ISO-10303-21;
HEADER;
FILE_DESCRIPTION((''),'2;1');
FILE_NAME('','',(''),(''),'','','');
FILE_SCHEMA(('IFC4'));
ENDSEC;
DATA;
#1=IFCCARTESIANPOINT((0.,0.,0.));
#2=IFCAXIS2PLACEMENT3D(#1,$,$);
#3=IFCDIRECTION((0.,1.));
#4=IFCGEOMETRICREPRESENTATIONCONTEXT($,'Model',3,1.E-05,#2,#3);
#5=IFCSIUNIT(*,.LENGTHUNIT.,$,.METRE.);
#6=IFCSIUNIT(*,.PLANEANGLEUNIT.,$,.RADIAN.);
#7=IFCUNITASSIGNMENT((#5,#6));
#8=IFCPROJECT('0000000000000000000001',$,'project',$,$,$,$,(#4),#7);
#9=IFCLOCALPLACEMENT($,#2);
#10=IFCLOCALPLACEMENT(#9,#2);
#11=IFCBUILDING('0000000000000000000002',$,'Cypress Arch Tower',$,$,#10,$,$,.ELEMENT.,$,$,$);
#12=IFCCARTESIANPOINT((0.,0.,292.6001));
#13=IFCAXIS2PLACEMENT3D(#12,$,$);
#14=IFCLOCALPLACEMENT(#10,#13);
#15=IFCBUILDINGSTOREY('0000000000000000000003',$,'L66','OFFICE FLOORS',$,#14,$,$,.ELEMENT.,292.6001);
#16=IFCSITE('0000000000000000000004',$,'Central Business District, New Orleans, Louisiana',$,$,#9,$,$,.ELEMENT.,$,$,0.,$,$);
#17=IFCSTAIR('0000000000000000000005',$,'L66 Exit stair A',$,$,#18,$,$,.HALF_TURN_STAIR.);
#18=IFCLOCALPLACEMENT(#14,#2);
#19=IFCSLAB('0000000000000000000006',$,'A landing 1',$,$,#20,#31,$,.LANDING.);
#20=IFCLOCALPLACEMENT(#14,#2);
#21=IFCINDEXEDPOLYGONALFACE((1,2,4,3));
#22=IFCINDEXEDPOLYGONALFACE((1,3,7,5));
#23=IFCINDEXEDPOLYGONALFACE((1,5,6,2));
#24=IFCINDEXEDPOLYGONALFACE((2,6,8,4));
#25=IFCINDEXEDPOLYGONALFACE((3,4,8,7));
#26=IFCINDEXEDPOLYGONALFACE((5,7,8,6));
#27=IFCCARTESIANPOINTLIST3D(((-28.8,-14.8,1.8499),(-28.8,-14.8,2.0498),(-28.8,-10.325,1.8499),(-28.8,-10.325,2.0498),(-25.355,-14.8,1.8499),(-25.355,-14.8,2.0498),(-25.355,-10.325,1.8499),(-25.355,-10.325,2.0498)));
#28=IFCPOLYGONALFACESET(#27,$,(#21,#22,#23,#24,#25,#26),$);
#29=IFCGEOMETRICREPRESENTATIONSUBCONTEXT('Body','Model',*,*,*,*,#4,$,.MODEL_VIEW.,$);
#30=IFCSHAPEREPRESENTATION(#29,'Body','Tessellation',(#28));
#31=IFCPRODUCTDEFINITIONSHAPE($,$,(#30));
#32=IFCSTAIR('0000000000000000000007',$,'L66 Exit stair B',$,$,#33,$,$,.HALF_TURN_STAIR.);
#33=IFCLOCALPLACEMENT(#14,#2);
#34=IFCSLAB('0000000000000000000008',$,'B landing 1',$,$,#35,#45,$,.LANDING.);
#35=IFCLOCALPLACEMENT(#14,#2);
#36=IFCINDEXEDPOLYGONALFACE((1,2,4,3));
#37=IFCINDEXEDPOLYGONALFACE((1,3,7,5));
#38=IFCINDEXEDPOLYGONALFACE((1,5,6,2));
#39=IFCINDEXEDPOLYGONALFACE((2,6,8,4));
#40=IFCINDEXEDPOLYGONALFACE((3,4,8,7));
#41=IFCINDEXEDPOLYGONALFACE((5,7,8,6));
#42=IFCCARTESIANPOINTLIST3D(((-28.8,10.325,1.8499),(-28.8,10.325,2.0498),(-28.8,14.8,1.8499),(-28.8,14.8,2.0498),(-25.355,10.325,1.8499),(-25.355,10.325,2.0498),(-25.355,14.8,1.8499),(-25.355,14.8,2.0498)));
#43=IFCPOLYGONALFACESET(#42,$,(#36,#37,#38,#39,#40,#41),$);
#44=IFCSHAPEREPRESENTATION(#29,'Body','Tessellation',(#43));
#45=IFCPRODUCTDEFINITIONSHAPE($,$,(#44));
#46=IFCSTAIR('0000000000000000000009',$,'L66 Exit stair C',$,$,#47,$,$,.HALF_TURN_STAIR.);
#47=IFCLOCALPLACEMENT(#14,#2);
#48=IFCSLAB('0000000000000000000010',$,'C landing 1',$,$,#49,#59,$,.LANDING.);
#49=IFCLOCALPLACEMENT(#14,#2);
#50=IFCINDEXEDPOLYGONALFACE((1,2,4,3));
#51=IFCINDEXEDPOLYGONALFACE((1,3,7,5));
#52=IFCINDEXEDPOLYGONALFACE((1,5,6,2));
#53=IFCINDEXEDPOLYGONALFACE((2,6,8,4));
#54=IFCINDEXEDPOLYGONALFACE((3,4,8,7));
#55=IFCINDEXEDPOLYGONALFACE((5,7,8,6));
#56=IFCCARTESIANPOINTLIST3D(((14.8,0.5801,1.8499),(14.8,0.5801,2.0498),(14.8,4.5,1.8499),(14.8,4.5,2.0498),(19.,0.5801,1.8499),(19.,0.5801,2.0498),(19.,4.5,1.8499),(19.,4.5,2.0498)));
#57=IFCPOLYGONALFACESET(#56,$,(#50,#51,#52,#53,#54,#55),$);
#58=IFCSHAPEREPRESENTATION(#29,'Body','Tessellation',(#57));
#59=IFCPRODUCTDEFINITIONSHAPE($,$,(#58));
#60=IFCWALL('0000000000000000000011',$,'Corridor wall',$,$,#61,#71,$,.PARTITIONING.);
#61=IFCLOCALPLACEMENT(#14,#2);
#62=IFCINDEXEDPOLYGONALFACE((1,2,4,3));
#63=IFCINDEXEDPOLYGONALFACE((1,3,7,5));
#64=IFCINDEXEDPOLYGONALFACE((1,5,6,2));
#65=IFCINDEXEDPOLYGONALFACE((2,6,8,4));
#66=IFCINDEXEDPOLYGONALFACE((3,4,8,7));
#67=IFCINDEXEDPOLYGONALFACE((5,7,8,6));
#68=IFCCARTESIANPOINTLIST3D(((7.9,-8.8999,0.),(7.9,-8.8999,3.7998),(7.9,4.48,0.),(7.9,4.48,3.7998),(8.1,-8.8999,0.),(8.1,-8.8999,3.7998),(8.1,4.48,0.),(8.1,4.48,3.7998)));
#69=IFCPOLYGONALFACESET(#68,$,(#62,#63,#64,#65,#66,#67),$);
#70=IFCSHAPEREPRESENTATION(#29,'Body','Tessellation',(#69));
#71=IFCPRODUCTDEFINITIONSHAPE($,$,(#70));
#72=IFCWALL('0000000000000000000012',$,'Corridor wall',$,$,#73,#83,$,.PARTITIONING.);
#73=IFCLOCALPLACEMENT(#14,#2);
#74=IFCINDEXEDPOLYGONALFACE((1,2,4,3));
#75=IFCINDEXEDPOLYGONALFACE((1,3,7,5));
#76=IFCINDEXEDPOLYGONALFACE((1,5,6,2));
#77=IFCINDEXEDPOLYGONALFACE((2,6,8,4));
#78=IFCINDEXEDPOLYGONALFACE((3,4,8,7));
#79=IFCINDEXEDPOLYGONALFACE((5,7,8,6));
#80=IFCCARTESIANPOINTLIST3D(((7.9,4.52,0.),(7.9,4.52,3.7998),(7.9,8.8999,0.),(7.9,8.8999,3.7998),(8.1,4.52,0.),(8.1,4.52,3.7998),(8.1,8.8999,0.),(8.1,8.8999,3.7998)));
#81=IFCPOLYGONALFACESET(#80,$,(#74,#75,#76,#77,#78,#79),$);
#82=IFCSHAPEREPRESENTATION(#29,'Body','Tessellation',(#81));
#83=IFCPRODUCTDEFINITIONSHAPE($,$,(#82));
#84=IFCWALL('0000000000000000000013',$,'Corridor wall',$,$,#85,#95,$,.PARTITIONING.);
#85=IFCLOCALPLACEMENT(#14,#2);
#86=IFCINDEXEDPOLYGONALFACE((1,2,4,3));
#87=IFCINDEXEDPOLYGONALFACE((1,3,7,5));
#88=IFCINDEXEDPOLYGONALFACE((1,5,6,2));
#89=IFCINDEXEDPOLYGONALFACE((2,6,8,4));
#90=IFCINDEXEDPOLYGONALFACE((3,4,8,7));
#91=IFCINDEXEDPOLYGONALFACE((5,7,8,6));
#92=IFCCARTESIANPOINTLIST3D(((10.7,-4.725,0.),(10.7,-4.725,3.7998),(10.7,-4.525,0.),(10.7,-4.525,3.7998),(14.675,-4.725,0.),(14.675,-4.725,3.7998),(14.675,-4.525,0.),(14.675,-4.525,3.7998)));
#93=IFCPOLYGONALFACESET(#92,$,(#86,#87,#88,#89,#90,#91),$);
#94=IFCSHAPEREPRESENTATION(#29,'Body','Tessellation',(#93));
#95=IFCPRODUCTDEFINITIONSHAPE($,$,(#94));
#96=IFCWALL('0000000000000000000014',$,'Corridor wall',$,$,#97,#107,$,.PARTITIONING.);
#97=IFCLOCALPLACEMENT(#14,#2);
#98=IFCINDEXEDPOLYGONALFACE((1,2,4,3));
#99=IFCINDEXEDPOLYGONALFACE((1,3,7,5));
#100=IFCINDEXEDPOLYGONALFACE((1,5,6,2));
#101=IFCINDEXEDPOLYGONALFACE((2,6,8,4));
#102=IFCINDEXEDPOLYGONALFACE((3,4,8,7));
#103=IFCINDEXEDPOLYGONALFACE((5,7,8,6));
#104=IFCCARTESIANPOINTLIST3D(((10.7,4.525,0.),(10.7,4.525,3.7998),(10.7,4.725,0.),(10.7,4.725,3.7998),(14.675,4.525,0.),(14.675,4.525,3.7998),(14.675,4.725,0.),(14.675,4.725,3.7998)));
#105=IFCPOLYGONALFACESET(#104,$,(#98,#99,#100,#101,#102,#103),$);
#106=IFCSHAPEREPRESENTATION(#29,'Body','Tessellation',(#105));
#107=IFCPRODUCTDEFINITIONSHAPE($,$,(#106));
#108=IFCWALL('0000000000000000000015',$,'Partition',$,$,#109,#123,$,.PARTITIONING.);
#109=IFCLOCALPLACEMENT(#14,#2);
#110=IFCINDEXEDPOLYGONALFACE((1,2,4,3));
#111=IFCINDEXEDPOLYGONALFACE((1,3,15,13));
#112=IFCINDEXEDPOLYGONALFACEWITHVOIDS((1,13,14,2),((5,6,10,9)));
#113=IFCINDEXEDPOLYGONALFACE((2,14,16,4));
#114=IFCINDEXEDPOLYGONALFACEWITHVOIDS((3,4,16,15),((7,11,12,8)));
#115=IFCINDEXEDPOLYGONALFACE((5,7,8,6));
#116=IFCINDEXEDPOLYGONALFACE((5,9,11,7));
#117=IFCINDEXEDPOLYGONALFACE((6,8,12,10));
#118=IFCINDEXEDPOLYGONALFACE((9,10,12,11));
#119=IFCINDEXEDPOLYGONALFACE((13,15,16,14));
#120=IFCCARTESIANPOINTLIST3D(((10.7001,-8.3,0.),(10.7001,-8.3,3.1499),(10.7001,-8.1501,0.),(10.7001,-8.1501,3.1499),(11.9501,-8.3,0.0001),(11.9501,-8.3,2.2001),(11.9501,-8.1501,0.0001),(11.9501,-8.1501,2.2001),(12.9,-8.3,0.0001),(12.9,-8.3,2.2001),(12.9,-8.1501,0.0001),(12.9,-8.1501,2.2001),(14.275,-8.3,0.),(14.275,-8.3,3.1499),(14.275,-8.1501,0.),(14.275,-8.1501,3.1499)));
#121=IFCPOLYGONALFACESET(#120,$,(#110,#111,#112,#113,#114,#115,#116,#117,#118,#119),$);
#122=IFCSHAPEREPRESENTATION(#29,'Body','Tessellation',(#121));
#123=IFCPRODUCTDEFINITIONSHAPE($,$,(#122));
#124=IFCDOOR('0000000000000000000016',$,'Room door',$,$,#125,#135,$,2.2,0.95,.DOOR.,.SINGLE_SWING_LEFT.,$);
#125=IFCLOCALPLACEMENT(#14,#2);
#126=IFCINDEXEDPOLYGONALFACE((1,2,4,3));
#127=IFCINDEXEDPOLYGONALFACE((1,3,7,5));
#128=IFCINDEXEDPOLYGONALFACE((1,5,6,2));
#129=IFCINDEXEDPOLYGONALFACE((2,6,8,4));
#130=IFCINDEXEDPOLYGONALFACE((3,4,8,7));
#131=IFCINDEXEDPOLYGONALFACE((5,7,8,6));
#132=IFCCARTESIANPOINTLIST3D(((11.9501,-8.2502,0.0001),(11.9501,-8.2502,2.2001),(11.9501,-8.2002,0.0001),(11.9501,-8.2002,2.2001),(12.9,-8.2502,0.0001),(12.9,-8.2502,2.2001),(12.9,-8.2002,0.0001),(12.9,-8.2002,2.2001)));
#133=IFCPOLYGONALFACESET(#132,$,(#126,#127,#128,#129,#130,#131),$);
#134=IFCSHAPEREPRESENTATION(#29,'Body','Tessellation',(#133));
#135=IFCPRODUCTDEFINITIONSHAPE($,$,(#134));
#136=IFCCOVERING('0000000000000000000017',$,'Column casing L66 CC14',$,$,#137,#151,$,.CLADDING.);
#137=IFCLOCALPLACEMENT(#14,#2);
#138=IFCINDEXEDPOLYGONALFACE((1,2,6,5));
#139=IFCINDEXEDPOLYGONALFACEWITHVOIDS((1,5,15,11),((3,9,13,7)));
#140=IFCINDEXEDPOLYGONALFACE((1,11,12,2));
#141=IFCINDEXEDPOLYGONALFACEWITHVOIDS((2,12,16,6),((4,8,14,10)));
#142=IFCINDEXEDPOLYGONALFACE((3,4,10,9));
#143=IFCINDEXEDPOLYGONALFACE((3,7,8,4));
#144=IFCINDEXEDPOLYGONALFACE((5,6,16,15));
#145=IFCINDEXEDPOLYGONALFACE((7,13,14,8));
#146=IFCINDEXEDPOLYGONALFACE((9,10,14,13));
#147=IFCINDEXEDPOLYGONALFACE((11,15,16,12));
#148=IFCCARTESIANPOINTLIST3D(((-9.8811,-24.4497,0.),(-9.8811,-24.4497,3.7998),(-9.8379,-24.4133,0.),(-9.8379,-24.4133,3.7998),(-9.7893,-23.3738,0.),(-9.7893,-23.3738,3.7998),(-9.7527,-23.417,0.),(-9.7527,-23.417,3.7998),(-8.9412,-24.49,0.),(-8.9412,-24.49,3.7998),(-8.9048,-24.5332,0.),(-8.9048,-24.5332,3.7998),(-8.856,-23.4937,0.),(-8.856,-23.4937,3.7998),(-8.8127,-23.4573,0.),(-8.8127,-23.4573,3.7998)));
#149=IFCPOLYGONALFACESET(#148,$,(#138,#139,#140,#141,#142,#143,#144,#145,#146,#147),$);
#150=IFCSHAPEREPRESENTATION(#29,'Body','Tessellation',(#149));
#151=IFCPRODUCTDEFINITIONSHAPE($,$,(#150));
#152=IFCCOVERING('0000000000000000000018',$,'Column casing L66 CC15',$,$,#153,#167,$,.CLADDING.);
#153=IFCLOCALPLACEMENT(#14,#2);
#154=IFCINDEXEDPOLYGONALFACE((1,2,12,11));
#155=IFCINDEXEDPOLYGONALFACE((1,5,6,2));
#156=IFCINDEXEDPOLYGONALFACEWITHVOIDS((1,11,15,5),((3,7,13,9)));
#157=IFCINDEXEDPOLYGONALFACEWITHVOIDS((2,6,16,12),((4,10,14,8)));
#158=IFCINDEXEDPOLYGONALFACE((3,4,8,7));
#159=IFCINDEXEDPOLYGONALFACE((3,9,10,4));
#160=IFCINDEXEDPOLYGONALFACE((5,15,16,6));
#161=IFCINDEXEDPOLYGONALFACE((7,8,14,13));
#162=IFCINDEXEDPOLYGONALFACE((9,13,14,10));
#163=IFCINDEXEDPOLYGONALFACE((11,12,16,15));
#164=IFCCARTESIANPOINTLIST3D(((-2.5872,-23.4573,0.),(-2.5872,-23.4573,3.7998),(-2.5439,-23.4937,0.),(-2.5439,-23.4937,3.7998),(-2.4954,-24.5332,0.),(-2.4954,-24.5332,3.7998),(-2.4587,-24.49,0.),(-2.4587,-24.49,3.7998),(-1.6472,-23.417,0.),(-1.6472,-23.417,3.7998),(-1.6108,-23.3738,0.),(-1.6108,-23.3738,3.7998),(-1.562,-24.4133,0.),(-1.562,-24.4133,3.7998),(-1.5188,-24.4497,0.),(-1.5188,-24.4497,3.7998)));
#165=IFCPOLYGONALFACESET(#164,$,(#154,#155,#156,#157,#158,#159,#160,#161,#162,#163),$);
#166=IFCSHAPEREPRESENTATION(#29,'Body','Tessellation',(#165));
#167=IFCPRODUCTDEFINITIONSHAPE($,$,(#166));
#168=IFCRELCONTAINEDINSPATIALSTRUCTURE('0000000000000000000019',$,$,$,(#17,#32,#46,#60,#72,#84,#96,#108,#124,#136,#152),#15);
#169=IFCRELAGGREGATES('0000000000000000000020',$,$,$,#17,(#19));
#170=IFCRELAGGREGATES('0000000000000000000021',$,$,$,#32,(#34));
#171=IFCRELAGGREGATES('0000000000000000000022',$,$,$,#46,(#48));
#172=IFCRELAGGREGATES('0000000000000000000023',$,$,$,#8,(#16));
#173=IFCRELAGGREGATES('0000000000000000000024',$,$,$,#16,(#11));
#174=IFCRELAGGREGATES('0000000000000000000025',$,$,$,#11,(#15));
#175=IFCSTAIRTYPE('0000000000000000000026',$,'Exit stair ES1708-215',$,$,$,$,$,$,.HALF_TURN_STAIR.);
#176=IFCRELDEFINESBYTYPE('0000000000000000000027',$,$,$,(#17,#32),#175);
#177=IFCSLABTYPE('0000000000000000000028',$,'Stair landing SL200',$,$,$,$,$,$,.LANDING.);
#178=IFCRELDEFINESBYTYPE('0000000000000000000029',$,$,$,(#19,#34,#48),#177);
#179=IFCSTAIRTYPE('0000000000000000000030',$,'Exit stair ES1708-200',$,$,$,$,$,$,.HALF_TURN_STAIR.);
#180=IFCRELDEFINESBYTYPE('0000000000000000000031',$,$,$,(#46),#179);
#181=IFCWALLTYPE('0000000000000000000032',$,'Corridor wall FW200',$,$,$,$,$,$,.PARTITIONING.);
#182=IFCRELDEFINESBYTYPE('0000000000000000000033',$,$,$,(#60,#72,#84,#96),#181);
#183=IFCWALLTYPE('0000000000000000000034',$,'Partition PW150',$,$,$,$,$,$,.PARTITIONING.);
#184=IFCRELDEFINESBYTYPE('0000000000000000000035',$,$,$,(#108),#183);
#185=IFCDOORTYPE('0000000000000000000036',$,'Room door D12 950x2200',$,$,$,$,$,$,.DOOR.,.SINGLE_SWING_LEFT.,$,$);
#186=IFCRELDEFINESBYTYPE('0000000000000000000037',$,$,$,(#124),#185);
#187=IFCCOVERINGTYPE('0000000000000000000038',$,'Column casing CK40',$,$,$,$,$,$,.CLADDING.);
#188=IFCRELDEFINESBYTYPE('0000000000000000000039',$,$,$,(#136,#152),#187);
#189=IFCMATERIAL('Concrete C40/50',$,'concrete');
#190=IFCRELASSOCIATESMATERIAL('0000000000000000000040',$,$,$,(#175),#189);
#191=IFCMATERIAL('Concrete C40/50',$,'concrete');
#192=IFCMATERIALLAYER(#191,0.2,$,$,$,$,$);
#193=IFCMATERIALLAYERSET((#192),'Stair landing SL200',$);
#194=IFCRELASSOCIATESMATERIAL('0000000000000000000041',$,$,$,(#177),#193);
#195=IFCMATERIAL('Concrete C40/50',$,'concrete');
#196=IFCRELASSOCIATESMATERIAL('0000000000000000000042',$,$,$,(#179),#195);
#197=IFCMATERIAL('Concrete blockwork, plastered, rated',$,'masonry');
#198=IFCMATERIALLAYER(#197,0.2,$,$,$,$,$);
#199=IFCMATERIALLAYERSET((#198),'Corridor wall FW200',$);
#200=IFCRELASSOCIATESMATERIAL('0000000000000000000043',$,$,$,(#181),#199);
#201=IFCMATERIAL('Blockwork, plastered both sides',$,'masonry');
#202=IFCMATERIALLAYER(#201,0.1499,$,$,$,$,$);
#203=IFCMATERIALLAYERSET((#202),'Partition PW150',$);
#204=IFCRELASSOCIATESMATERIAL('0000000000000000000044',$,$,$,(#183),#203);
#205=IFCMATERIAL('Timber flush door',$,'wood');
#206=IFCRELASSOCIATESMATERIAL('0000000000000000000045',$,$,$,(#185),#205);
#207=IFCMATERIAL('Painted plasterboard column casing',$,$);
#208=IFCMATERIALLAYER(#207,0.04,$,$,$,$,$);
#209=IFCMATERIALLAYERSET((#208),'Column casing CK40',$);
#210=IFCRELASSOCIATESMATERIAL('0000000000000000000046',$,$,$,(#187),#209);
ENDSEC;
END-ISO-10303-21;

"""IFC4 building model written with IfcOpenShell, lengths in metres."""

from ifc_helpers import new_model, si_unit, direction, frame, frame_2d, origin, place, context, subcontext, project, spatial, polyline, rectangle, outline, extrude, material, layer, layer_set, type_object, element, fill, aggregate, save


model = new_model("IFC4")

# Units and contexts
model_context = context("Model", 3, precision=1e-05, world=origin(), true_north=direction((0.0, 1.0)))
body_context = subcontext(model_context, "Body", "Model", "MODEL_VIEW")
ifc_project = project(units=[si_unit("LENGTHUNIT", "METRE"), si_unit("PLANEANGLEUNIT", "RADIAN")], contexts=[model_context])

# Site, building, storey
site_placement = place(None, origin())
site = spatial("IfcSite", under=ifc_project, at=site_placement, Name="Central Business District, New Orleans, Louisiana", CompositionType="ELEMENT", RefElevation=0.0)
building_placement = place(site_placement, origin())
building = spatial("IfcBuilding", under=site, at=building_placement, Name="Cypress Arch Tower", CompositionType="ELEMENT")
storey_placement = place(building_placement, frame((0.0, 0.0, 292.6001)))
storey = spatial("IfcBuildingStorey", under=building, at=storey_placement, Name="L66", Description="OFFICE FLOORS", CompositionType="ELEMENT", Elevation=292.6001)

# Stairs, slabs
ifc_material_1 = material(Name="Concrete C40/50", Category="concrete")
stair_type_1 = type_object("IfcStairType", Name="Exit stair ES1708-215", PredefinedType="HALF_TURN_STAIR", material=ifc_material_1)
stair_1_placement = place(storey_placement, origin())
stair_1 = element("IfcStair", 1, at=stair_1_placement, inside=storey, type_object=stair_type_1, Name="L66 Exit stair A", PredefinedType="HALF_TURN_STAIR")
ifc_material_2 = material(Name="Concrete C40/50", Category="concrete")
ifc_layer_1 = layer(ifc_material_2, 0.2)
ifc_layer_set_1 = layer_set([ifc_layer_1], Name="Stair landing SL200")
slab_type_1 = type_object("IfcSlabType", Name="Stair landing SL200", PredefinedType="LANDING", material=ifc_layer_set_1)
slab_1_placement = place(storey_placement, frame((0.0, 0.0, 1.8499)))
slab_1 = element("IfcSlab", 2, at=slab_1_placement, type_object=slab_type_1, Name="A landing 1", PredefinedType="LANDING", context=body_context, shape_type="SweptSolid", body=[
    extrude(outline(polyline([(-25.355, -10.325), (-28.8, -10.325), (-28.8, -14.8), (-25.355, -14.8), (-25.355, -10.325)])), origin(), (0.0, 0.0, 1.0), 0.2),
])
aggregate(stair_1, [slab_1])
stair_2_placement = place(storey_placement, origin())
stair_2 = element("IfcStair", 3, at=stair_2_placement, inside=storey, type_object=stair_type_1, Name="L66 Exit stair B", PredefinedType="HALF_TURN_STAIR")
slab_2_placement = place(storey_placement, frame((0.0, 0.0, 1.8499)))
slab_2 = element("IfcSlab", 4, at=slab_2_placement, type_object=slab_type_1, Name="B landing 1", PredefinedType="LANDING", context=body_context, shape_type="SweptSolid", body=[
    extrude(outline(polyline([(-25.355, 14.8), (-28.8, 14.8), (-28.8, 10.325), (-25.355, 10.325), (-25.355, 14.8)])), origin(), (0.0, 0.0, 1.0), 0.2),
])
aggregate(stair_2, [slab_2])
ifc_material_3 = material(Name="Concrete C40/50", Category="concrete")
stair_type_2 = type_object("IfcStairType", Name="Exit stair ES1708-200", PredefinedType="HALF_TURN_STAIR", material=ifc_material_3)
stair_3_placement = place(storey_placement, origin())
stair_3 = element("IfcStair", 5, at=stair_3_placement, inside=storey, type_object=stair_type_2, Name="L66 Exit stair C", PredefinedType="HALF_TURN_STAIR")
slab_3_placement = place(storey_placement, frame((0.0, 0.0, 1.8499)))
slab_3 = element("IfcSlab", 6, at=slab_3_placement, type_object=slab_type_1, Name="C landing 1", PredefinedType="LANDING", context=body_context, shape_type="SweptSolid", body=[
    extrude(outline(polyline([(19.0, 0.5801), (19.0, 4.5), (14.8, 4.5), (14.8, 0.5801), (19.0, 0.5801)])), origin(), (0.0, 0.0, 1.0), 0.2),
])
aggregate(stair_3, [slab_3])

# Walls
ifc_material_4 = material(Name="Concrete blockwork, plastered, rated", Category="masonry")
ifc_layer_2 = layer(ifc_material_4, 0.2)
ifc_layer_set_2 = layer_set([ifc_layer_2], Name="Corridor wall FW200")
wall_type_1 = type_object("IfcWallType", Name="Corridor wall FW200", PredefinedType="PARTITIONING", material=ifc_layer_set_2)
wall_1_placement = place(storey_placement, frame((8.0, -8.8999, 0.0), z_axis=(0.0, 0.0, 1.0), x_axis=(0.0, 1.0, 0.0)))
element("IfcWall", 7, at=wall_1_placement, inside=storey, type_object=wall_type_1, Name="Corridor wall", PredefinedType="PARTITIONING", context=body_context, shape_type="SweptSolid", body=[
    extrude(rectangle(XDim=13.3799, YDim=0.2, at=frame_2d((6.6899, 0.0))), origin(), (0.0, 0.0, 1.0), 3.7998),
])
wall_2_placement = place(storey_placement, frame((8.0, 4.52, 0.0), z_axis=(0.0, 0.0, 1.0), x_axis=(0.0, 1.0, 0.0)))
element("IfcWall", 8, at=wall_2_placement, inside=storey, type_object=wall_type_1, Name="Corridor wall", PredefinedType="PARTITIONING", context=body_context, shape_type="SweptSolid", body=[
    extrude(rectangle(XDim=4.3799, YDim=0.2, at=frame_2d((2.1899, 0.0))), origin(), (0.0, 0.0, 1.0), 3.7998),
])
for number, where, z_axis, x_axis, name in (
    (9, (10.7, -4.625, 0.0), (0.0, 0.0, 1.0), (1.0, 0.0, 0.0), "Corridor wall"),
    (10, (10.7, 4.625, 0.0), (0.0, 0.0, 1.0), (1.0, 0.0, 0.0), "Corridor wall"),
):
    element("IfcWall", number, at=place(storey_placement, frame(where, z_axis=z_axis, x_axis=x_axis)), inside=storey, type_object=wall_type_1, Name=name, PredefinedType="PARTITIONING", context=body_context, shape_type="SweptSolid", body=[
        extrude(rectangle(XDim=3.9751, YDim=0.2, at=frame_2d((1.9875, 0.0))), origin(), (0.0, 0.0, 1.0), 3.7998),
    ])

# Wall, opening, door
ifc_material_5 = material(Name="Blockwork, plastered both sides", Category="masonry")
ifc_layer_3 = layer(ifc_material_5, 0.1499)
ifc_layer_set_3 = layer_set([ifc_layer_3], Name="Partition PW150")
wall_type_2 = type_object("IfcWallType", Name="Partition PW150", PredefinedType="PARTITIONING", material=ifc_layer_set_3)
wall_3_placement = place(storey_placement, frame((10.7, -8.2251, 0.0), z_axis=(0.0, 0.0, 1.0), x_axis=(1.0, 0.0, 0.0)))
wall_3 = element("IfcWall", 11, at=wall_3_placement, inside=storey, type_object=wall_type_2, Name="Partition", PredefinedType="PARTITIONING", context=body_context, shape_type="SweptSolid", body=[
    extrude(rectangle(XDim=3.575, YDim=0.1499, at=frame_2d((1.7876, 0.0))), origin(), (0.0, 0.0, 1.0), 3.1499),
])
opening_placement = place(wall_3_placement, frame((1.25, 0.0, 0.0)))
opening = element("IfcOpeningElement", 12, at=opening_placement, cuts=wall_3, PredefinedType="OPENING", context=body_context, shape_type="SweptSolid", body=[
    extrude(rectangle(XDim=0.95, YDim=2.2, at=frame_2d((0.4751, 1.1001))), frame((0.0, 0.085, 0.0), z_axis=(0.0, -1.0, 0.0), x_axis=(1.0, 0.0, 0.0)), (0.0, 0.0, 1.0), 0.1699),
])
ifc_material_6 = material(Name="Timber flush door", Category="wood")
door_type = type_object("IfcDoorType", Name="Room door D12 950x2200", OperationType="SINGLE_SWING_LEFT", PredefinedType="DOOR", material=ifc_material_6)
door_placement = place(opening_placement, origin())
door = element("IfcDoor", 13, at=door_placement, inside=storey, type_object=door_type, Name="Room door", OperationType="SINGLE_SWING_LEFT", OverallHeight=2.2, OverallWidth=0.95, PredefinedType="DOOR", context=body_context, shape_type="SweptSolid", body=[
    extrude(rectangle(XDim=0.95, YDim=2.2, at=frame_2d((0.4751, 1.1001))), frame((0.0, 0.0249, 0.0), z_axis=(0.0, -1.0, 0.0), x_axis=(1.0, 0.0, 0.0)), (0.0, 0.0, 1.0), 0.05),
])
fill(opening, door)

# Coverings
ifc_material_7 = material(Name="Painted plasterboard column casing")
ifc_layer_4 = layer(ifc_material_7, 0.04)
ifc_layer_set_4 = layer_set([ifc_layer_4], Name="Column casing CK40")
covering_type_1 = type_object("IfcCoveringType", Name="Column casing CK40", PredefinedType="CLADDING", material=ifc_layer_set_4)
covering_1_placement = place(storey_placement, origin())
element("IfcCovering", 14, at=covering_1_placement, inside=storey, type_object=covering_type_1, Name="Column casing L66 CC14", PredefinedType="CLADDING", context=body_context, shape_type="SweptSolid", body=[
    extrude(outline(polyline([(-9.8811, -24.4497), (-9.7893, -23.3738), (-8.8127, -23.4573), (-8.9048, -24.5332), (-9.8811, -24.4497)]), holes=[polyline([(-9.8379, -24.4133), (-8.9412, -24.49), (-8.856, -23.4937), (-9.7527, -23.417), (-9.8379, -24.4133)])]), origin(), (0.0, 0.0, 1.0), 3.7998),
])
covering_2_placement = place(storey_placement, origin())
element("IfcCovering", 15, at=covering_2_placement, inside=storey, type_object=covering_type_1, Name="Column casing L66 CC15", PredefinedType="CLADDING", context=body_context, shape_type="SweptSolid", body=[
    extrude(outline(polyline([(-2.4954, -24.5332), (-2.5872, -23.4573), (-1.6108, -23.3738), (-1.5188, -24.4497), (-2.4954, -24.5332)]), holes=[polyline([(-2.4587, -24.49), (-1.562, -24.4133), (-1.6472, -23.417), (-2.5439, -23.4937), (-2.4587, -24.49)])]), origin(), (0.0, 0.0, 1.0), 3.7998),
])

save(model, "model.ifc")
